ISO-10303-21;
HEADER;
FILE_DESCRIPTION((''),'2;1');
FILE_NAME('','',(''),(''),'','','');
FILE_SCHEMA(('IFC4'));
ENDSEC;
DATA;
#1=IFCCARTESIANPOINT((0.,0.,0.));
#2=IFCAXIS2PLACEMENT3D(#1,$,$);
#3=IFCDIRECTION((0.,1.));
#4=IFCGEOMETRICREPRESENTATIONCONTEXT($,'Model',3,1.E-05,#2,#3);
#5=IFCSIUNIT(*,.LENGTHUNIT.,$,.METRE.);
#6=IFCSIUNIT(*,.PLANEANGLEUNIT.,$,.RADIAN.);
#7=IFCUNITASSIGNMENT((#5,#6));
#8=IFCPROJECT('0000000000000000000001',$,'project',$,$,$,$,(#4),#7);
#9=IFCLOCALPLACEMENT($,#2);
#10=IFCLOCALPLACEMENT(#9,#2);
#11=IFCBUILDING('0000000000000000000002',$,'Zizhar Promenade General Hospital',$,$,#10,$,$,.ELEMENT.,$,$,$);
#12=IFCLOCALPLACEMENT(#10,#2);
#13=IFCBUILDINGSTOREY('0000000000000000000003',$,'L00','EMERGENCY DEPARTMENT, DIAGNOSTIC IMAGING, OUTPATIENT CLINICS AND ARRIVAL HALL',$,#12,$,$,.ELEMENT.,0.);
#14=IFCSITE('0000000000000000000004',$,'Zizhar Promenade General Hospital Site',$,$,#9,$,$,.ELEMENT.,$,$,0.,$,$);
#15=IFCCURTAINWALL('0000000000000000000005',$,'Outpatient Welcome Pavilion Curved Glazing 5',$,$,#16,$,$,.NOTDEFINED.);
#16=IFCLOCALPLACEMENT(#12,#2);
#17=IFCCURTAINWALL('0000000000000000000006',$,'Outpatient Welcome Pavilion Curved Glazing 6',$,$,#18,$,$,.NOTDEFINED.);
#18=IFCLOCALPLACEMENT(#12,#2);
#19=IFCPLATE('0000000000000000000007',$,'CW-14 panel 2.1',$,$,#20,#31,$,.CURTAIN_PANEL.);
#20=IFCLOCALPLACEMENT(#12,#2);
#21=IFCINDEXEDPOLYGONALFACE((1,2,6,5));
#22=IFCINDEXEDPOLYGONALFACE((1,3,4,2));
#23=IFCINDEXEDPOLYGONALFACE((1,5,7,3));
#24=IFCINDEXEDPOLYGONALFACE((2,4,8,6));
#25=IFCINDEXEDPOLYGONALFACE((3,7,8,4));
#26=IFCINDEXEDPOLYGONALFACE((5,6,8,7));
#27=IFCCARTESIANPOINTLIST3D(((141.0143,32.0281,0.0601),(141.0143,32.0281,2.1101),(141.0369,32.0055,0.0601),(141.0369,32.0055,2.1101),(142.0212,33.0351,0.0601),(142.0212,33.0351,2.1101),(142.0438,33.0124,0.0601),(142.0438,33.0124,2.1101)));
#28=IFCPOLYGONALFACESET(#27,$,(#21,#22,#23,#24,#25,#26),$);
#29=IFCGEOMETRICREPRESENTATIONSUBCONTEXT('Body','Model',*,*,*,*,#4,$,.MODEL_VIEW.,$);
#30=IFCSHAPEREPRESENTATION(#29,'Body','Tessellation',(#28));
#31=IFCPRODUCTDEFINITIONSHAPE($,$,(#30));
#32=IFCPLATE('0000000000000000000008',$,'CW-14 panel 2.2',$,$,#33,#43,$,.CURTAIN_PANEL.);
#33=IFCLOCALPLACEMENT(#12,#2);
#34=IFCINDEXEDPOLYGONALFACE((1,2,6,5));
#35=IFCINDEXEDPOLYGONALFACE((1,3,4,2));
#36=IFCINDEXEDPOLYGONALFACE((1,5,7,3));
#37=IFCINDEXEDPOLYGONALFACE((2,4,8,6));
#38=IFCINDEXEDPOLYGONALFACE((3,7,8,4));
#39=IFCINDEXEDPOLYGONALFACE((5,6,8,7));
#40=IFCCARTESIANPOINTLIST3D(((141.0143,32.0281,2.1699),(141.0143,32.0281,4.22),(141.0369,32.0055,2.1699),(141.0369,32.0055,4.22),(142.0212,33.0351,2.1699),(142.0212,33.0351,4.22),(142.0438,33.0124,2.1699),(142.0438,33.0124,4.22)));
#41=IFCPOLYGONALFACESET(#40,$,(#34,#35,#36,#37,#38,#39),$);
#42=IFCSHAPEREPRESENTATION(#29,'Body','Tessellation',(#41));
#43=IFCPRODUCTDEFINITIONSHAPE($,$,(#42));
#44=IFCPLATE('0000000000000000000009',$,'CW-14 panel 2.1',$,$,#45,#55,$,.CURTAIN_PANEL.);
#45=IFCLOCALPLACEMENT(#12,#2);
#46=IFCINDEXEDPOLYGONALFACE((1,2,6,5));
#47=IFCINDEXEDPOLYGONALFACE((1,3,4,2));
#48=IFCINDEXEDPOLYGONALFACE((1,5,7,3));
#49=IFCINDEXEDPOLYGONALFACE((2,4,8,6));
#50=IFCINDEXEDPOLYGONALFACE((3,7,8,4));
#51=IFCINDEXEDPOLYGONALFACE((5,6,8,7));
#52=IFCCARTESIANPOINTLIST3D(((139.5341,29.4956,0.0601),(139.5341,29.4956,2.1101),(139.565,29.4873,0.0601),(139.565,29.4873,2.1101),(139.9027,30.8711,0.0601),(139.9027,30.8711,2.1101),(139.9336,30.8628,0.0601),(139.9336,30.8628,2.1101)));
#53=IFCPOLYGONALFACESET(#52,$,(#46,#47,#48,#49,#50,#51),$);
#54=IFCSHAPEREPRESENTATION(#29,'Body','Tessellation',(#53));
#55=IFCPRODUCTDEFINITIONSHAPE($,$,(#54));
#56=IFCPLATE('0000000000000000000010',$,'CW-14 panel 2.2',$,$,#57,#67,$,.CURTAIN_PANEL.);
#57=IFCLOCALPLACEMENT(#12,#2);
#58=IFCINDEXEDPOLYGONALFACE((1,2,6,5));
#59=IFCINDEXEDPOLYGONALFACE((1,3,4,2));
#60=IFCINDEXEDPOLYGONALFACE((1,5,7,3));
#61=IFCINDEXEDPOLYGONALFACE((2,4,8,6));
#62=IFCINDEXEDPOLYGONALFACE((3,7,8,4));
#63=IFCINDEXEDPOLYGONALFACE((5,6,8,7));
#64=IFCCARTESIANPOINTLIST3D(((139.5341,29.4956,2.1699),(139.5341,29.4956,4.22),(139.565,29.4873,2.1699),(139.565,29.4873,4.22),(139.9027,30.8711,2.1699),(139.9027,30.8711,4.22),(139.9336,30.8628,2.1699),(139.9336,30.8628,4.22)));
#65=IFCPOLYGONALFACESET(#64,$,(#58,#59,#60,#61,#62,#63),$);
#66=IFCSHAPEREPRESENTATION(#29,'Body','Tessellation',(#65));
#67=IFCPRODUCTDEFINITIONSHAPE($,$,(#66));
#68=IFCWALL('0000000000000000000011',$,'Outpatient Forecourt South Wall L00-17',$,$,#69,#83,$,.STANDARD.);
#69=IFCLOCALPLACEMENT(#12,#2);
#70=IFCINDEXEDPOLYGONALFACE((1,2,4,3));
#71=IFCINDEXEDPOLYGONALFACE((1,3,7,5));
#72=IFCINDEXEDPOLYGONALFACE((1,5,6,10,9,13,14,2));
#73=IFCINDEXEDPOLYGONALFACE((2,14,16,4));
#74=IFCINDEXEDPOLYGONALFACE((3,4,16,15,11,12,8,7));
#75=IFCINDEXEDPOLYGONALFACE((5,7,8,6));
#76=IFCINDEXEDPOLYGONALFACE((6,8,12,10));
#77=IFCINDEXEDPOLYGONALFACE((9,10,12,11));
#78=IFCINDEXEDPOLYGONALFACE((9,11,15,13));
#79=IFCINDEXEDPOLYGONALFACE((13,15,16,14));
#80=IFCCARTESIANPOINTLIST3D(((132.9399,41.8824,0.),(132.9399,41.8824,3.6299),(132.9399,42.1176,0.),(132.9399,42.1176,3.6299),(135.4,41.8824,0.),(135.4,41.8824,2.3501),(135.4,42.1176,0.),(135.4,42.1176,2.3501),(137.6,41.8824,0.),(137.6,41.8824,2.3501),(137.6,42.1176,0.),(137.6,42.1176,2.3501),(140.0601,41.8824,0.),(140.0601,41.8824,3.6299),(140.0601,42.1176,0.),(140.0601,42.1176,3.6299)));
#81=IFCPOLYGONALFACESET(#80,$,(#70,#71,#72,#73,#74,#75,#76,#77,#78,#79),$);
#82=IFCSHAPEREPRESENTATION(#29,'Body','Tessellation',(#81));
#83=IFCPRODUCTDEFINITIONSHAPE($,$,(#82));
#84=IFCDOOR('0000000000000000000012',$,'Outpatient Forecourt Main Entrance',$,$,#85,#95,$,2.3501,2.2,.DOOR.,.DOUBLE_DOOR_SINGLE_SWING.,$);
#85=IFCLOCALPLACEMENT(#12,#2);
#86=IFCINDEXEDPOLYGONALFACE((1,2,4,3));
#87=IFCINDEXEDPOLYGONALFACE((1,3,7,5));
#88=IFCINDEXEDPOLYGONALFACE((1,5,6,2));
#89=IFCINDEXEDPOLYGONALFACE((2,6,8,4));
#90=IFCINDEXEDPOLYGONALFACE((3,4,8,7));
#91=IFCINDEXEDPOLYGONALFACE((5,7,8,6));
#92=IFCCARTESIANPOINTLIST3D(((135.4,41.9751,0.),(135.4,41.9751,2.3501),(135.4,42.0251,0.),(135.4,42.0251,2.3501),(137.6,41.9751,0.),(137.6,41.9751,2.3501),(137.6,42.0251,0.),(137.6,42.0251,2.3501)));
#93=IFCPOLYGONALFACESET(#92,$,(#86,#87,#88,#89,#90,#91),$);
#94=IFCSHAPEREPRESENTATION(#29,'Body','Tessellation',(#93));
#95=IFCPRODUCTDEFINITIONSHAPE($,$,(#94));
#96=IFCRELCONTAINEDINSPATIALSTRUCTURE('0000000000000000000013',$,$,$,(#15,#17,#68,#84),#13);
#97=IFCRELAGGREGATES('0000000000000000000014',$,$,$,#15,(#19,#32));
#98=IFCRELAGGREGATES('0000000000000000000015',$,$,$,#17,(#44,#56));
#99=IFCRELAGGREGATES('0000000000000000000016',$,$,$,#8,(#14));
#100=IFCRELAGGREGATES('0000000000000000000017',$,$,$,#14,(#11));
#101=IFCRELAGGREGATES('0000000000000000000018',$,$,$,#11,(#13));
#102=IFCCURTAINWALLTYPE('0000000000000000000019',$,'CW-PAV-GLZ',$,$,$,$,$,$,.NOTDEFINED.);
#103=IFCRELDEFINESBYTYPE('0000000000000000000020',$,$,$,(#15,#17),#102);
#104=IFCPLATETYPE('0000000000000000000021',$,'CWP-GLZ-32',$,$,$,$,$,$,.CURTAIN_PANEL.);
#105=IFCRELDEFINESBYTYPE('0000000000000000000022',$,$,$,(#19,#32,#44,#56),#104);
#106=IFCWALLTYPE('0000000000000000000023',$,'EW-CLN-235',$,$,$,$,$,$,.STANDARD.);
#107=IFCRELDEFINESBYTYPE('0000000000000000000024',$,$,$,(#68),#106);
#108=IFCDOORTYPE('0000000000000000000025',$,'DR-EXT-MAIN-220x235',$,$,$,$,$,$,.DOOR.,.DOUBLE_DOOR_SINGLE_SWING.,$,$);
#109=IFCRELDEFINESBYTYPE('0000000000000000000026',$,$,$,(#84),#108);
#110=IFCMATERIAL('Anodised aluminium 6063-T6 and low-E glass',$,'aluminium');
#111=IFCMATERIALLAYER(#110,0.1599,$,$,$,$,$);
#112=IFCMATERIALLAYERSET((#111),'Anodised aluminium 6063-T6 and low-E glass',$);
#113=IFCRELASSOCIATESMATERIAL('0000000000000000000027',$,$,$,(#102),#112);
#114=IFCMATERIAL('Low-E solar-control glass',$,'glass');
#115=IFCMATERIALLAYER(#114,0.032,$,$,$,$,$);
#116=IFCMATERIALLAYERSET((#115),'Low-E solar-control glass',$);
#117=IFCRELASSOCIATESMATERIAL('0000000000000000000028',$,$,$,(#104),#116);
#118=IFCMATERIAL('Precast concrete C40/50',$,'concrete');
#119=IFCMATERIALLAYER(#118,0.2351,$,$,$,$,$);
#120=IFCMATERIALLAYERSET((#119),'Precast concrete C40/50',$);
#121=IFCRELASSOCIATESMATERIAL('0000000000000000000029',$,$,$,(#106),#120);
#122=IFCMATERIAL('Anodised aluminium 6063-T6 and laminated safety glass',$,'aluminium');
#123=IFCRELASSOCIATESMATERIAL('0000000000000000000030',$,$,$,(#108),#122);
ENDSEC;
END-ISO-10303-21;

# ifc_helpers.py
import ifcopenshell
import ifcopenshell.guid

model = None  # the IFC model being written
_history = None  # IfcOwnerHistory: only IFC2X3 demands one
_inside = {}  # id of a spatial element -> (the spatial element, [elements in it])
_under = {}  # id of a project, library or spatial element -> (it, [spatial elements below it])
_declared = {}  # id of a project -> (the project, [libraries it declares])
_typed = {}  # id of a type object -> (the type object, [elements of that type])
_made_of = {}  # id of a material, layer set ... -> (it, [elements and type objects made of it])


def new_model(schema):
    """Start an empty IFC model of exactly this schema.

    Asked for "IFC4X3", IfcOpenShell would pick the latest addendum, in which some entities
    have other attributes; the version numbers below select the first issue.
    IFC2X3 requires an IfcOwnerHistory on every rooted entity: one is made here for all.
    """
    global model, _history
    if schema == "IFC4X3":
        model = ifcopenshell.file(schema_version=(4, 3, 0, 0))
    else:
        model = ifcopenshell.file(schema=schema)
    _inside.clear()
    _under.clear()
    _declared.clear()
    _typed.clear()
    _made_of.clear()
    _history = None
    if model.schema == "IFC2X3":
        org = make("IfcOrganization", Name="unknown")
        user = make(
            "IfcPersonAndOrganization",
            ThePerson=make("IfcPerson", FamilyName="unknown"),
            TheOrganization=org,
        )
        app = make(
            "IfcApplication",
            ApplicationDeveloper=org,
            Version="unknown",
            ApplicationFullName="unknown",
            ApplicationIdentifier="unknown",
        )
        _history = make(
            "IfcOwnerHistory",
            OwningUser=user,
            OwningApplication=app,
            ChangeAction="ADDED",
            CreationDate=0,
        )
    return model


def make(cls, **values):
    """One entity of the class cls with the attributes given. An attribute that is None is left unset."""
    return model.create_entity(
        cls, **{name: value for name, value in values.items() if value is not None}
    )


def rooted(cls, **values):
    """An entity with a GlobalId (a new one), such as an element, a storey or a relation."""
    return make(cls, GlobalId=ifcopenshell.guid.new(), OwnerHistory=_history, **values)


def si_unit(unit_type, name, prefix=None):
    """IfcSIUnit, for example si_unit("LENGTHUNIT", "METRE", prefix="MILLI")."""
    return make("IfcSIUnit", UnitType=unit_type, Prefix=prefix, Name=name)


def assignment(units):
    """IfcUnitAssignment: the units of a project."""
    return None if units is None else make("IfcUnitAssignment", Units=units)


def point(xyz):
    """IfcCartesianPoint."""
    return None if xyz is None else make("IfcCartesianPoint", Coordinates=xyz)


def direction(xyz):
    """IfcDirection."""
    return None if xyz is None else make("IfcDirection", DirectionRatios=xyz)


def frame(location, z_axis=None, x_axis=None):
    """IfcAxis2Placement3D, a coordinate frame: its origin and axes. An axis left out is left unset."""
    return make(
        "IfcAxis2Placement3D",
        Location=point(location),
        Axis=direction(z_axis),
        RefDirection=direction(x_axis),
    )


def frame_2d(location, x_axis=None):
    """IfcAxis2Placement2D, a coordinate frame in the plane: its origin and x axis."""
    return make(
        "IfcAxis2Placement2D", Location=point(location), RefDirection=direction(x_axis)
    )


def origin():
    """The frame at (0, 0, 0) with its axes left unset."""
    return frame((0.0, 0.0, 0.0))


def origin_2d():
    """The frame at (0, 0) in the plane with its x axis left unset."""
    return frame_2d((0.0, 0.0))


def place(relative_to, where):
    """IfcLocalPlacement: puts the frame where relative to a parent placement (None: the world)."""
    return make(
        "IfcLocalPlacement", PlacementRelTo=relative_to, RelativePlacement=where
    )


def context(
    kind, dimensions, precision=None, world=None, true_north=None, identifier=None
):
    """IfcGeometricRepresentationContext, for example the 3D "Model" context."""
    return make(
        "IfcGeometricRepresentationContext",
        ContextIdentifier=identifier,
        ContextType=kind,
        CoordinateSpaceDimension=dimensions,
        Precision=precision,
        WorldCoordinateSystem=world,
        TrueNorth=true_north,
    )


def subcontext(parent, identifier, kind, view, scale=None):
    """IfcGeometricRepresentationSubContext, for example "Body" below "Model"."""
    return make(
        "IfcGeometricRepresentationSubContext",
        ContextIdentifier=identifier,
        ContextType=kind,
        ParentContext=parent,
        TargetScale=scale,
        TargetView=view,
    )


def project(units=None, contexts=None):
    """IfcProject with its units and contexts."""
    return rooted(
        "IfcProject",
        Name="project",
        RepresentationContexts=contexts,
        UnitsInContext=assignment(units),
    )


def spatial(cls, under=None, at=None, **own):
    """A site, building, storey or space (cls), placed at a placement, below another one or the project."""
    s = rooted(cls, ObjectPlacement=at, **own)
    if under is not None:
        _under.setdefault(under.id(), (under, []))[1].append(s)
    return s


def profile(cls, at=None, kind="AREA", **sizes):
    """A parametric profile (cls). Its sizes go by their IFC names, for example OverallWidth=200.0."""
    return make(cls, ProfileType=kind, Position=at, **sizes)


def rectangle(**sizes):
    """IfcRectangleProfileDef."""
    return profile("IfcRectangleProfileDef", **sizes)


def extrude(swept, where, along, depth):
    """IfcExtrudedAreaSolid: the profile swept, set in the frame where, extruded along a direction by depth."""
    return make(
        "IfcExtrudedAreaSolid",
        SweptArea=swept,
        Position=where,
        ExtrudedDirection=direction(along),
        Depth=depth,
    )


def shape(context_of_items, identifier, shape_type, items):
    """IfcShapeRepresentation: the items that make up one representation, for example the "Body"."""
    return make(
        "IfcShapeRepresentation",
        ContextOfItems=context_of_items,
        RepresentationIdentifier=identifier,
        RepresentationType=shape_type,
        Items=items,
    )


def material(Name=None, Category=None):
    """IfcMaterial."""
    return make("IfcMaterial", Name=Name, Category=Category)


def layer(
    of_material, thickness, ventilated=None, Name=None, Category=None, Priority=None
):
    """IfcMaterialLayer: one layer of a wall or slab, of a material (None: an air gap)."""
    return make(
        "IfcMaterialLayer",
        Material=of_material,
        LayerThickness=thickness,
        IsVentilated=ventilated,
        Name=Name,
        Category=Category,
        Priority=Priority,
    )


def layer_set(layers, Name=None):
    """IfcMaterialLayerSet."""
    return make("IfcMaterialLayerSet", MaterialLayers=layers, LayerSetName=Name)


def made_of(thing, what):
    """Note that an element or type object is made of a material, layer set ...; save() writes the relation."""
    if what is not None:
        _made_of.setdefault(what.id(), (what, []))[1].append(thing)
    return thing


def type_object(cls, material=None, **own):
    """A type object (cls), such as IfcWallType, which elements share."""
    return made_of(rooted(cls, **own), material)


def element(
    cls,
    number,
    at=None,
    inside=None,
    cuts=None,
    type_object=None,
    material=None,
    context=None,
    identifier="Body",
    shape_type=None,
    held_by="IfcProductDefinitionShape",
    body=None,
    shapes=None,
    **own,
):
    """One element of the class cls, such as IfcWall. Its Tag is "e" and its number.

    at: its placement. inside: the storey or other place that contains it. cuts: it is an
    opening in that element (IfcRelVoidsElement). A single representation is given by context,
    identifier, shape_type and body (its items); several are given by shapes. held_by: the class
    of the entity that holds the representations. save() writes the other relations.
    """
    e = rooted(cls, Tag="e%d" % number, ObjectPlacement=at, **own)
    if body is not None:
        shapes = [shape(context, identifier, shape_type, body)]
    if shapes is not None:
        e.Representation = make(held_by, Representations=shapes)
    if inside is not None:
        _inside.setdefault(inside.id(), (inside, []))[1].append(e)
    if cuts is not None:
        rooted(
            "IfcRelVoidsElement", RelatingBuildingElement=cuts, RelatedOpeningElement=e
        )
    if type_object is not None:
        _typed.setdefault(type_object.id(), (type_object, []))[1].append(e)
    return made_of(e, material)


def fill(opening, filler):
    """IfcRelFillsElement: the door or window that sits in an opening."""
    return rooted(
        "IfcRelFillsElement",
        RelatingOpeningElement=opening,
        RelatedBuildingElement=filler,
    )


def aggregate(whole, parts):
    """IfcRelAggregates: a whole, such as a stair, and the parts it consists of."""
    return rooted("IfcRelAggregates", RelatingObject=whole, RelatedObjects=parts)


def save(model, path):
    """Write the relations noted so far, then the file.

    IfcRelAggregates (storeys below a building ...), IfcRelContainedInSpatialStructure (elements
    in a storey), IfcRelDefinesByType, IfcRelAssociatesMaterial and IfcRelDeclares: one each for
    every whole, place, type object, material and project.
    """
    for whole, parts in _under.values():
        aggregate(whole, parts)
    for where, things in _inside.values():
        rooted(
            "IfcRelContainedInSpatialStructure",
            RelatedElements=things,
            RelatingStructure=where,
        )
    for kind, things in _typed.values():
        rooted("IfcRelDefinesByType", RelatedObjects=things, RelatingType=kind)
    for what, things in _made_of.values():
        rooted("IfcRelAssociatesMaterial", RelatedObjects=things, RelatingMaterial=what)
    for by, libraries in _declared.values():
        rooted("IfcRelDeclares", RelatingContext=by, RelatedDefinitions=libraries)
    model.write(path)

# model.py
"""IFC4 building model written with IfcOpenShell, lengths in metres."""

from ifc_helpers import new_model, si_unit, direction, frame, frame_2d, origin, origin_2d, place, context, subcontext, project, spatial, rectangle, extrude, material, layer, layer_set, type_object, element, fill, aggregate, save


model = new_model("IFC4")

# Units and contexts
model_context = context("Model", 3, precision=1e-05, world=origin(), true_north=direction((0.0, 1.0)))
body_context = subcontext(model_context, "Body", "Model", "MODEL_VIEW")
ifc_project = project(units=[si_unit("LENGTHUNIT", "METRE"), si_unit("PLANEANGLEUNIT", "RADIAN")], contexts=[model_context])

# Site, building, storey
site_placement = place(None, origin())
site = spatial("IfcSite", under=ifc_project, at=site_placement, Name="Zizhar Promenade General Hospital Site", CompositionType="ELEMENT", RefElevation=0.0)
building_placement = place(site_placement, origin())
building = spatial("IfcBuilding", under=site, at=building_placement, Name="Zizhar Promenade General Hospital", CompositionType="ELEMENT")
storey_placement = place(building_placement, origin())
storey = spatial("IfcBuildingStorey", under=building, at=storey_placement, Name="L00", Description="EMERGENCY DEPARTMENT, DIAGNOSTIC IMAGING, OUTPATIENT CLINICS AND ARRIVAL HALL", CompositionType="ELEMENT", Elevation=0.0)

# Curtain wall
ifc_material_1 = material(Name="Anodised aluminium 6063-T6 and low-E glass", Category="aluminium")
ifc_layer_1 = layer(ifc_material_1, 0.1599)
ifc_layer_set_1 = layer_set([ifc_layer_1], Name="Anodised aluminium 6063-T6 and low-E glass")
curtain_wall_type = type_object("IfcCurtainWallType", Name="CW-PAV-GLZ", PredefinedType="NOTDEFINED", material=ifc_layer_set_1)
curtain_wall_1_placement = place(storey_placement, origin())
curtain_wall_1 = element("IfcCurtainWall", 1, at=curtain_wall_1_placement, inside=storey, type_object=curtain_wall_type, Name="Outpatient Welcome Pavilion Curved Glazing 5", PredefinedType="NOTDEFINED")

# Curtain wall
curtain_wall_2_placement = place(storey_placement, origin())
curtain_wall_2 = element("IfcCurtainWall", 2, at=curtain_wall_2_placement, inside=storey, type_object=curtain_wall_type, Name="Outpatient Welcome Pavilion Curved Glazing 6", PredefinedType="NOTDEFINED")

# Plates
ifc_material_2 = material(Name="Low-E solar-control glass", Category="glass")
ifc_layer_2 = layer(ifc_material_2, 0.032)
ifc_layer_set_2 = layer_set([ifc_layer_2], Name="Low-E solar-control glass")
plate_type = type_object("IfcPlateType", Name="CWP-GLZ-32", PredefinedType="CURTAIN_PANEL", material=ifc_layer_set_2)
plate_1_placement = place(storey_placement, frame((141.5291, 32.5203, 0.0601), z_axis=(0.0, 0.0, 1.0), x_axis=(0.707107, 0.707107, 0.0)))
plate_1 = element("IfcPlate", 3, at=plate_1_placement, type_object=plate_type, Name="CW-14 panel 2.1", PredefinedType="CURTAIN_PANEL", context=body_context, shape_type="SweptSolid", body=[
    extrude(rectangle(XDim=1.4241, YDim=0.032, at=origin_2d()), origin(), (0.0, 0.0, 1.0), 2.05),
])
plate_2_placement = place(storey_placement, frame((141.5291, 32.5203, 2.1699), z_axis=(0.0, 0.0, 1.0), x_axis=(0.707107, 0.707107, 0.0)))
plate_2 = element("IfcPlate", 4, at=plate_2_placement, type_object=plate_type, Name="CW-14 panel 2.2", PredefinedType="CURTAIN_PANEL", context=body_context, shape_type="SweptSolid", body=[
    extrude(rectangle(XDim=1.4241, YDim=0.032, at=origin_2d()), origin(), (0.0, 0.0, 1.0), 2.05),
])
aggregate(curtain_wall_1, [plate_1, plate_2])
plate_3_placement = place(storey_placement, frame((139.7339, 30.1792, 0.0601), z_axis=(0.0, 0.0, 1.0), x_axis=(0.258834, 0.965922, 0.0)))
plate_3 = element("IfcPlate", 5, at=plate_3_placement, type_object=plate_type, Name="CW-14 panel 2.1", PredefinedType="CURTAIN_PANEL", context=body_context, shape_type="SweptSolid", body=[
    extrude(rectangle(XDim=1.4241, YDim=0.032, at=origin_2d()), origin(), (0.0, 0.0, 1.0), 2.05),
])
plate_4_placement = place(storey_placement, frame((139.7339, 30.1792, 2.1699), z_axis=(0.0, 0.0, 1.0), x_axis=(0.258834, 0.965922, 0.0)))
plate_4 = element("IfcPlate", 6, at=plate_4_placement, type_object=plate_type, Name="CW-14 panel 2.2", PredefinedType="CURTAIN_PANEL", context=body_context, shape_type="SweptSolid", body=[
    extrude(rectangle(XDim=1.4241, YDim=0.032, at=origin_2d()), origin(), (0.0, 0.0, 1.0), 2.05),
])
aggregate(curtain_wall_2, [plate_3, plate_4])

# Wall, opening, door
ifc_material_3 = material(Name="Precast concrete C40/50", Category="concrete")
ifc_layer_3 = layer(ifc_material_3, 0.2351)
ifc_layer_set_3 = layer_set([ifc_layer_3], Name="Precast concrete C40/50")
wall_type = type_object("IfcWallType", Name="EW-CLN-235", PredefinedType="STANDARD", material=ifc_layer_set_3)
wall_placement = place(storey_placement, frame((140.0601, 42.0, 0.0), z_axis=(0.0, 0.0, 1.0), x_axis=(-1.0, 0.0, 0.0)))
wall = element("IfcWall", 7, at=wall_placement, inside=storey, type_object=wall_type, Name="Outpatient Forecourt South Wall L00-17", PredefinedType="STANDARD", context=body_context, shape_type="SweptSolid", body=[
    extrude(rectangle(XDim=7.1201, YDim=0.2351, at=frame_2d((3.5601, 0.0))), origin(), (0.0, 0.0, 1.0), 3.6299),
])
opening_placement = place(wall_placement, frame((2.46, 0.0, 0.0)))
opening = element("IfcOpeningElement", 8, at=opening_placement, cuts=wall, PredefinedType="OPENING", context=body_context, shape_type="SweptSolid", body=[
    extrude(rectangle(XDim=2.2, YDim=2.3501, at=frame_2d((1.1001, 1.175))), frame((0.0, 0.1274, 0.0), z_axis=(0.0, -1.0, 0.0), x_axis=(1.0, 0.0, 0.0)), (0.0, 0.0, 1.0), 0.2551),
])
ifc_material_4 = material(Name="Anodised aluminium 6063-T6 and laminated safety glass", Category="aluminium")
door_type = type_object("IfcDoorType", Name="DR-EXT-MAIN-220x235", OperationType="DOUBLE_DOOR_SINGLE_SWING", PredefinedType="DOOR", material=ifc_material_4)
door_placement = place(opening_placement, origin())
door = element("IfcDoor", 9, at=door_placement, inside=storey, type_object=door_type, Name="Outpatient Forecourt Main Entrance", OperationType="DOUBLE_DOOR_SINGLE_SWING", OverallHeight=2.3501, OverallWidth=2.2, PredefinedType="DOOR", context=body_context, shape_type="SweptSolid", body=[
    extrude(rectangle(XDim=2.2, YDim=2.3501, at=frame_2d((1.1001, 1.175))), frame((0.0, 0.0249, 0.0), z_axis=(0.0, -1.0, 0.0), x_axis=(1.0, 0.0, 0.0)), (0.0, 0.0, 1.0), 0.05),
])
fill(opening, door)

save(model, "model.ifc")
